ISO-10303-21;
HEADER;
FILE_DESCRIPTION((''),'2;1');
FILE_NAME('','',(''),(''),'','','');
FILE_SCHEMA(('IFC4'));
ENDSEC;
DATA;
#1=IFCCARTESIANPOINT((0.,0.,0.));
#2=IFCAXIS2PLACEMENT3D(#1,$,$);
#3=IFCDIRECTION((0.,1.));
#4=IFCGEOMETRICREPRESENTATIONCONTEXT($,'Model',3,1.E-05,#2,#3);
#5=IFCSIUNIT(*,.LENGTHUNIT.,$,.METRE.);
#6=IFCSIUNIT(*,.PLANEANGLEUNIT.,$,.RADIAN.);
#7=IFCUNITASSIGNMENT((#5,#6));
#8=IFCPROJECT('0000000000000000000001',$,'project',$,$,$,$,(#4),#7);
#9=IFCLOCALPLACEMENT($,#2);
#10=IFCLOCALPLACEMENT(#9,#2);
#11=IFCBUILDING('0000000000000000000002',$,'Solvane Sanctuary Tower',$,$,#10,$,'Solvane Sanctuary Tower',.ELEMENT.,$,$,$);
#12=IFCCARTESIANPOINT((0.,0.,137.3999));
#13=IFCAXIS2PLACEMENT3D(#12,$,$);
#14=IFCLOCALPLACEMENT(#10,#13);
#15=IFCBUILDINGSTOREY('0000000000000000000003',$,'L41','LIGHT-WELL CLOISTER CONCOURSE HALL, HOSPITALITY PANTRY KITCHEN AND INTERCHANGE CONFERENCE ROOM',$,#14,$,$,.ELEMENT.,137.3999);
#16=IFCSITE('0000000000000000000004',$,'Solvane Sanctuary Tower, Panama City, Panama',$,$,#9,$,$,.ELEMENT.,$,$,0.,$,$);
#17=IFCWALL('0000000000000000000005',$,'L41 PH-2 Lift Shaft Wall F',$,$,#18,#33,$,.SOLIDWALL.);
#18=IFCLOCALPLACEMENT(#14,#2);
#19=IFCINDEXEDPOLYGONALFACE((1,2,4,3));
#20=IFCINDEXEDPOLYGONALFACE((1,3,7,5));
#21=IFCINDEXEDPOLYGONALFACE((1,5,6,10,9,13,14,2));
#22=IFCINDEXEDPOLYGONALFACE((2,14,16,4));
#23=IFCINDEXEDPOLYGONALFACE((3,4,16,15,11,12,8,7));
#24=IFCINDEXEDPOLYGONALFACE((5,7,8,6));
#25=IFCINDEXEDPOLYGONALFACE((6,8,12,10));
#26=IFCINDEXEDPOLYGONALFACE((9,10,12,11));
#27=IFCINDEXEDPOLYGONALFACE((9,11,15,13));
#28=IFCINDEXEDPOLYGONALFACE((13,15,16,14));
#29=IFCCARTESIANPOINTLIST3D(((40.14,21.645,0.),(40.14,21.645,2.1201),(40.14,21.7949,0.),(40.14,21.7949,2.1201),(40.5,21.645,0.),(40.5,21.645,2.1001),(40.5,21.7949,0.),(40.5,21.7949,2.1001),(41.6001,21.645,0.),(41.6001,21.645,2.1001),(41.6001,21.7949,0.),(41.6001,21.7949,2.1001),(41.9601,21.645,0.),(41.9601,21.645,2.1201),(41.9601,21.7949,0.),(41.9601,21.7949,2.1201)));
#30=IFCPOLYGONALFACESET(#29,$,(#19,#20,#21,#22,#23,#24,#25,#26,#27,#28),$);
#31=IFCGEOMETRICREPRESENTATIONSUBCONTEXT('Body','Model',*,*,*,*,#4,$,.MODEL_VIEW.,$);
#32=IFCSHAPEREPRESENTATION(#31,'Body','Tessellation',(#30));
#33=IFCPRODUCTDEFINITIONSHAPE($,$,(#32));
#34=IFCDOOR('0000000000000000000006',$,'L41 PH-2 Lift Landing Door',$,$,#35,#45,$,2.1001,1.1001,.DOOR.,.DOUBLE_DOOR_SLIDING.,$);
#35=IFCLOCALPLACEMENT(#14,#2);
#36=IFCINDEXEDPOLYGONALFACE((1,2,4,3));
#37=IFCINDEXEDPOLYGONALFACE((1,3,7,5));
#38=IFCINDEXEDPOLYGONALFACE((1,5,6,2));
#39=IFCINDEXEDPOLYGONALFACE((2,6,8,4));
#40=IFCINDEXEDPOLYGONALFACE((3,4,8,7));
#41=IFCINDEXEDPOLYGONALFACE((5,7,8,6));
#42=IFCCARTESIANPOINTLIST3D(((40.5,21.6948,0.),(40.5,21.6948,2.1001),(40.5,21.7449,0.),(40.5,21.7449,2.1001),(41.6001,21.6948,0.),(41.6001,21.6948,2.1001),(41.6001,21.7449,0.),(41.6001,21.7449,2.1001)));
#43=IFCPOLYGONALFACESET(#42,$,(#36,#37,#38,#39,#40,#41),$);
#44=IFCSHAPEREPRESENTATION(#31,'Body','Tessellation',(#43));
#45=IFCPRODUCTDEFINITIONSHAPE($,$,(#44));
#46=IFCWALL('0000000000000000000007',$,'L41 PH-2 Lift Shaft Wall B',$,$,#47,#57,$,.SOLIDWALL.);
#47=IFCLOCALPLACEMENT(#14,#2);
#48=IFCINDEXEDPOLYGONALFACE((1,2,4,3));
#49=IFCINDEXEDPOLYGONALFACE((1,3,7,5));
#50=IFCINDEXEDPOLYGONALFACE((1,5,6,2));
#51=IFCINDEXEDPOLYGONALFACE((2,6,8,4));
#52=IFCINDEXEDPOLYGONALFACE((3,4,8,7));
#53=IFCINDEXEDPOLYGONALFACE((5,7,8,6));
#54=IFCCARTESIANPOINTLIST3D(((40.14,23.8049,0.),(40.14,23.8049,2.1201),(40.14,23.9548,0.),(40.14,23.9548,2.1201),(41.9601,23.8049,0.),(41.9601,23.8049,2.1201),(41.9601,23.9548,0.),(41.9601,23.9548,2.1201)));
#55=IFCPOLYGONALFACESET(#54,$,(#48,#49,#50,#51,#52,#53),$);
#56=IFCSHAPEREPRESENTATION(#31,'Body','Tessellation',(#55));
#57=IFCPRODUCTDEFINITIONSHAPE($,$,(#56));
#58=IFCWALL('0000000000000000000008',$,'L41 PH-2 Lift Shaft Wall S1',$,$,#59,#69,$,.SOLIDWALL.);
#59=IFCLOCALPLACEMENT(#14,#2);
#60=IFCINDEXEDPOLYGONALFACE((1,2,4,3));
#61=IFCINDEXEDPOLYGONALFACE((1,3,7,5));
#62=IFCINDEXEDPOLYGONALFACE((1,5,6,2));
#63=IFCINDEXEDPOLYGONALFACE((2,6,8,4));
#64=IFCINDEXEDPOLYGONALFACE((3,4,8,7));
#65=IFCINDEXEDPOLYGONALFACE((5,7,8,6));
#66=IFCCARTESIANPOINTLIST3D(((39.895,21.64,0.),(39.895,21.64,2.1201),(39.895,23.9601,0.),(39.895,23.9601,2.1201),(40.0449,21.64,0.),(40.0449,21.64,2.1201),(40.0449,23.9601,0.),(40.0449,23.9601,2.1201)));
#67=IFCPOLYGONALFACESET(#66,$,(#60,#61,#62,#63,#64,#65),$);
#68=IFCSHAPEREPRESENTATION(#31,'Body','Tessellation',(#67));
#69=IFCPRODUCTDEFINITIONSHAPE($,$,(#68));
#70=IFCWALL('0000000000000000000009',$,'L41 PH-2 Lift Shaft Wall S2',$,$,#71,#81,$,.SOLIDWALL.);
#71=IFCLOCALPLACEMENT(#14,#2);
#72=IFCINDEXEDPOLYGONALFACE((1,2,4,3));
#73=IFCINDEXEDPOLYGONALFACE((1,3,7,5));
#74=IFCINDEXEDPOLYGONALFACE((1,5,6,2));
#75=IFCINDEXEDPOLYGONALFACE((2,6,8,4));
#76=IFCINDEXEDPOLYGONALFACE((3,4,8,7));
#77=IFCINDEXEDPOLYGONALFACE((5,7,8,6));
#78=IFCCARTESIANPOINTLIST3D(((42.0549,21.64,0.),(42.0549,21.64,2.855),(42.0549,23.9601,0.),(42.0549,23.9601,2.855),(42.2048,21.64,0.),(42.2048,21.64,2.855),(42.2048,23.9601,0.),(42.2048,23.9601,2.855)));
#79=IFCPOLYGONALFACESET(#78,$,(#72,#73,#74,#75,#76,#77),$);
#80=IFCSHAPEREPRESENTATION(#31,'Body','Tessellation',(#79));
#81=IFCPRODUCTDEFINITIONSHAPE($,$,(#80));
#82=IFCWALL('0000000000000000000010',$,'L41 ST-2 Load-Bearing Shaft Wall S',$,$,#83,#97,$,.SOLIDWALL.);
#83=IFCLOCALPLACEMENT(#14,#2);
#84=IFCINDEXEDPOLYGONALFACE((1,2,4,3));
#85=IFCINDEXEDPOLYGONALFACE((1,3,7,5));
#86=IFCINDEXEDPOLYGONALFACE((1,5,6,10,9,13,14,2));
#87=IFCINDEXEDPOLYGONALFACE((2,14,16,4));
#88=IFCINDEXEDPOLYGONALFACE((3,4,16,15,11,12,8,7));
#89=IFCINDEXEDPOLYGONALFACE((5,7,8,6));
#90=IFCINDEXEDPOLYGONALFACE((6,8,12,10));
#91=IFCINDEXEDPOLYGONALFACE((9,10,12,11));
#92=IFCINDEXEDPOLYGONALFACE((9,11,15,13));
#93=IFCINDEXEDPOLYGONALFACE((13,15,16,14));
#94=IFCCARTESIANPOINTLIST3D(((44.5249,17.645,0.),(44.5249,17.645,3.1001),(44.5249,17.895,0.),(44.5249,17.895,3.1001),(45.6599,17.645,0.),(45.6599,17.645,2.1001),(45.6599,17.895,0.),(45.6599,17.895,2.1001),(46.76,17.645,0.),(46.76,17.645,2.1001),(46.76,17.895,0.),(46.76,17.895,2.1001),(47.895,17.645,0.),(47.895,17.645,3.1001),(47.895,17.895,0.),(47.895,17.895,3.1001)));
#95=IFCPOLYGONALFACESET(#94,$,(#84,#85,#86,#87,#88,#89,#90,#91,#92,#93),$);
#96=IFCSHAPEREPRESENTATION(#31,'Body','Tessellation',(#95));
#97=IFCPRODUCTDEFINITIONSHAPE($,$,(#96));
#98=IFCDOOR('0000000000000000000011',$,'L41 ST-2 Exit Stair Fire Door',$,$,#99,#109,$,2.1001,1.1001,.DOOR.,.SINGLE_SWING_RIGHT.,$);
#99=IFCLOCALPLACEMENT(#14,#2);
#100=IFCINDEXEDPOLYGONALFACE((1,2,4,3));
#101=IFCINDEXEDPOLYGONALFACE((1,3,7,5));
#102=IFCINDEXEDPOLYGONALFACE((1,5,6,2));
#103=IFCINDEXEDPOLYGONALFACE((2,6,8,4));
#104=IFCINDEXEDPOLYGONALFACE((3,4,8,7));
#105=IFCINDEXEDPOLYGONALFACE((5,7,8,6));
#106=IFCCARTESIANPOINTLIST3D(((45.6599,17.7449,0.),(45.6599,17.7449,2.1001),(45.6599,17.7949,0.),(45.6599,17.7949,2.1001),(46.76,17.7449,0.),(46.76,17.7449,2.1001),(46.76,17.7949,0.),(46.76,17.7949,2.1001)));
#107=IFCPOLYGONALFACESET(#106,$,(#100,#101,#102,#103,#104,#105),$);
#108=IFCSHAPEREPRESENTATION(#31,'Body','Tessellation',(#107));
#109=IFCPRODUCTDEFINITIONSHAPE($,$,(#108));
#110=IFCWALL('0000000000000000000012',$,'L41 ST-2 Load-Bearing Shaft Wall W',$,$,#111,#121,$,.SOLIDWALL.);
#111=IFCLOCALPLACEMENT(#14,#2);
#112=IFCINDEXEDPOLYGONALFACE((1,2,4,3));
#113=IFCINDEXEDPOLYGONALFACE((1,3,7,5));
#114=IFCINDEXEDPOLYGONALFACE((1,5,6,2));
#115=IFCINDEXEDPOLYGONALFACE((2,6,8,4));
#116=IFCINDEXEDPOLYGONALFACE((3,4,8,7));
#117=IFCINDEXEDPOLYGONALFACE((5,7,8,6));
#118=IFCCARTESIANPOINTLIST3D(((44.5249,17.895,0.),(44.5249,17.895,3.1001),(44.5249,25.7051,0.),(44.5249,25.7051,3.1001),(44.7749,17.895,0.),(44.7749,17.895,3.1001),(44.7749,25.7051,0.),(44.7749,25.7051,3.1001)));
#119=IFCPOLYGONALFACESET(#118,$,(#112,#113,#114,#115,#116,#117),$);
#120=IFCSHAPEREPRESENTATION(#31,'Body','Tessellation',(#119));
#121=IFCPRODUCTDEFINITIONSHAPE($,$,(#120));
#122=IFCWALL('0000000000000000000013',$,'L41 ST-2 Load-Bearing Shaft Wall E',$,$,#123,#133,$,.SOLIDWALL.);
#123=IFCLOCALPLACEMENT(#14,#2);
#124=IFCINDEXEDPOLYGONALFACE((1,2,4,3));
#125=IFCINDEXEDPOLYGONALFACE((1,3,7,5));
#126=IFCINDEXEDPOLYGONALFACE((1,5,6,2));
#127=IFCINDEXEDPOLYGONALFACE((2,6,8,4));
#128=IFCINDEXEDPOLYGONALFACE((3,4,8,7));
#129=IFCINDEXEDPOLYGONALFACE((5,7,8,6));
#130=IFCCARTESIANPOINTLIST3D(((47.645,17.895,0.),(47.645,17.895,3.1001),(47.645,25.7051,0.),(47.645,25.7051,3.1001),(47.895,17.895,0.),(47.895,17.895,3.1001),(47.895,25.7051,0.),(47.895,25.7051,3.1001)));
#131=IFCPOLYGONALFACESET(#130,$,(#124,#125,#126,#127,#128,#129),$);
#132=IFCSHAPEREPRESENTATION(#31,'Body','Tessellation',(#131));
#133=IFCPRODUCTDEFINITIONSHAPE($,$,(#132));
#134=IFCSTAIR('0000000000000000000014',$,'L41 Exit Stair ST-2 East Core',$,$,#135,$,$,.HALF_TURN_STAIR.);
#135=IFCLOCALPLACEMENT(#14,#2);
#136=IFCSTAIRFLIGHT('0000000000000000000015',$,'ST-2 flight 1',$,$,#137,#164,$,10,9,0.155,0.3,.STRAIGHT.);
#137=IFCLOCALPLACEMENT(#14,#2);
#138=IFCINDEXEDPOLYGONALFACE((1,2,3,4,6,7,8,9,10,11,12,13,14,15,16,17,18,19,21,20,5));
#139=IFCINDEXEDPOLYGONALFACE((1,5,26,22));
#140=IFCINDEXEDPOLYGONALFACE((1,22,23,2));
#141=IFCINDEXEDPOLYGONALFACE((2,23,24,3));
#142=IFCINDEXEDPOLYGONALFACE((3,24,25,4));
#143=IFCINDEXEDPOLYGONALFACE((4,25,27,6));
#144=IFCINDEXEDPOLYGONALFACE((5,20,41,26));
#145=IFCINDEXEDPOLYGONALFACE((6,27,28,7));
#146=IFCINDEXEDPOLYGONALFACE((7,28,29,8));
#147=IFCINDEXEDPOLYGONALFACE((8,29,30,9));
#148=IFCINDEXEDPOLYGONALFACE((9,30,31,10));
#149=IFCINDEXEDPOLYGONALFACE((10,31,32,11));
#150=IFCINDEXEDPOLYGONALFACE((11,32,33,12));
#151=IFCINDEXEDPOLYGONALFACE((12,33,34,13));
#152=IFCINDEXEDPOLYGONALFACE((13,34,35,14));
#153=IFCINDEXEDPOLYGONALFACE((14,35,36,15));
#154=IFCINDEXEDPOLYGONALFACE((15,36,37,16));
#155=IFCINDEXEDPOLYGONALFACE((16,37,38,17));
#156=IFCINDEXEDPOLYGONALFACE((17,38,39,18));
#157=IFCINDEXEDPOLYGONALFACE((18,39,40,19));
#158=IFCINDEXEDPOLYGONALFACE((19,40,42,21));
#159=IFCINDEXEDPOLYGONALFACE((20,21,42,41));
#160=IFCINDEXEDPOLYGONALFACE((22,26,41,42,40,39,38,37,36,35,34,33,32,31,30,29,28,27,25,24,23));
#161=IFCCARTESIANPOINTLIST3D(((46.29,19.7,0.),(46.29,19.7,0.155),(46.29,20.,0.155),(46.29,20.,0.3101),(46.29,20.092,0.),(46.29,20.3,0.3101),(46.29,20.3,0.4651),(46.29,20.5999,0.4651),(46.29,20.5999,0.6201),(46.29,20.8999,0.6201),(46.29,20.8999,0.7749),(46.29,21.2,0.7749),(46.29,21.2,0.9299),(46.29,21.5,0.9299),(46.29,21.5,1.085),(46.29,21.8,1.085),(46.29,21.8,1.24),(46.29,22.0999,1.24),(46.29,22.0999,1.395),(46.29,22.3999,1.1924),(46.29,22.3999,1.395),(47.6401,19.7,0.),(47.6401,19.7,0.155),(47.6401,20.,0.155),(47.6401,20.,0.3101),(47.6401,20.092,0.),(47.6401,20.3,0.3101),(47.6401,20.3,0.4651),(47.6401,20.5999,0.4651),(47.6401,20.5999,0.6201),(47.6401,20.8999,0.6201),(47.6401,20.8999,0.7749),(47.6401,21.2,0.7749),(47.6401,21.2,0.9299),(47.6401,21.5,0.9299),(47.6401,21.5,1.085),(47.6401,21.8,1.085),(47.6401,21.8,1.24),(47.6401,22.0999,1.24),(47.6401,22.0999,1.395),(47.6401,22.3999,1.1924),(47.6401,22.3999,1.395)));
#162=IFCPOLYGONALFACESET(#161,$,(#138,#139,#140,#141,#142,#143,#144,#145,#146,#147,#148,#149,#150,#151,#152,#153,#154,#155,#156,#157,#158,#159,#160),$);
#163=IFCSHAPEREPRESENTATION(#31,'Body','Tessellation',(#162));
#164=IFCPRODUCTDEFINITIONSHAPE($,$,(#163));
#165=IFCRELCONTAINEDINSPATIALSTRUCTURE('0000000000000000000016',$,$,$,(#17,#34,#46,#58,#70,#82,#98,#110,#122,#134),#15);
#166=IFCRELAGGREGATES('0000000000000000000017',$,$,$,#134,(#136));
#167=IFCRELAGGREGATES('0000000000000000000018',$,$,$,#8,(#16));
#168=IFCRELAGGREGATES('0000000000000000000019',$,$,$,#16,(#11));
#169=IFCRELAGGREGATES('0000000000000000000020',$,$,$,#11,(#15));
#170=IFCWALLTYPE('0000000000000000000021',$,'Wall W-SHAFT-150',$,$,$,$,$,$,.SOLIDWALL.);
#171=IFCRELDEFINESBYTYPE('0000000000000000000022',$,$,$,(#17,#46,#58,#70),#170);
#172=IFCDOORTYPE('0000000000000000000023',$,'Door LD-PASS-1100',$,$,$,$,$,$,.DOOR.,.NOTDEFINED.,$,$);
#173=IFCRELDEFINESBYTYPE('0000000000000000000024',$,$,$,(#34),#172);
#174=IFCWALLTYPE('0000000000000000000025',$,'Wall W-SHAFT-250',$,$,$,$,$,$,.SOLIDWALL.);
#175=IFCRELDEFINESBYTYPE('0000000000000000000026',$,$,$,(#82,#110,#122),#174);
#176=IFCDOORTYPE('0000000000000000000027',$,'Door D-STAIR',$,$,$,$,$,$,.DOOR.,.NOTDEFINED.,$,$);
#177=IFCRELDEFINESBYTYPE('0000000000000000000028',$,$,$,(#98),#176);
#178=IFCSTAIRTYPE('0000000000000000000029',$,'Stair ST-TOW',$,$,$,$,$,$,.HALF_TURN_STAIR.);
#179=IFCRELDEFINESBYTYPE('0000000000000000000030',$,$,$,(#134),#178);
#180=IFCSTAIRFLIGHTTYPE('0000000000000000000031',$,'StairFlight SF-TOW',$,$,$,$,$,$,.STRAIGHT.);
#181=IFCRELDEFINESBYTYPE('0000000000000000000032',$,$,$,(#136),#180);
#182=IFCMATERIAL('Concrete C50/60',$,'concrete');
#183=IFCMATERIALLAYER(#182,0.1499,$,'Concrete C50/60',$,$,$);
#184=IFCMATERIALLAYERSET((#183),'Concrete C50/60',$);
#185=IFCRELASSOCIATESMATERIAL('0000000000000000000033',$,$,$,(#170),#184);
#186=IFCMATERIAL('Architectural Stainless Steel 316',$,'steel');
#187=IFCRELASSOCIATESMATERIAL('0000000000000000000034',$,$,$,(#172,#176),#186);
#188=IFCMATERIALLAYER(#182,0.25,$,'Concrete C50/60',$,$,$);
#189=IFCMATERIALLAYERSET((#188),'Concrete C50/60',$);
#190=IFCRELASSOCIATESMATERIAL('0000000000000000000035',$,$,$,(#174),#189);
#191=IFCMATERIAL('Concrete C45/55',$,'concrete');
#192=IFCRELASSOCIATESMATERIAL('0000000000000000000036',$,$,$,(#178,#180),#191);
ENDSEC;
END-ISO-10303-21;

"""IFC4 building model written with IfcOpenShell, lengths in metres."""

from ifc_helpers import new_model, si_unit, direction, frame, frame_2d, origin, place, context, subcontext, project, spatial, polyline, rectangle, outline, extrude, material, layer, layer_set, type_object, element, fill, aggregate, save


model = new_model("IFC4")

# Units and contexts
model_context = context("Model", 3, precision=1e-05, world=origin(), true_north=direction((0.0, 1.0)))
body_context = subcontext(model_context, "Body", "Model", "MODEL_VIEW")
ifc_project = project(units=[si_unit("LENGTHUNIT", "METRE"), si_unit("PLANEANGLEUNIT", "RADIAN")], contexts=[model_context])

# Site, building, storey
site_placement = place(None, origin())
site = spatial("IfcSite", under=ifc_project, at=site_placement, Name="Solvane Sanctuary Tower, Panama City, Panama", CompositionType="ELEMENT", RefElevation=0.0)
building_placement = place(site_placement, origin())
building = spatial("IfcBuilding", under=site, at=building_placement, Name="Solvane Sanctuary Tower", LongName="Solvane Sanctuary Tower", CompositionType="ELEMENT")
storey_placement = place(building_placement, frame((0.0, 0.0, 137.3999)))
storey = spatial("IfcBuildingStorey", under=building, at=storey_placement, Name="L41", Description="LIGHT-WELL CLOISTER CONCOURSE HALL, HOSPITALITY PANTRY KITCHEN AND INTERCHANGE CONFERENCE ROOM", CompositionType="ELEMENT", Elevation=137.3999)

# Shared definitions
ifc_material_1 = material(Name="Architectural Stainless Steel 316", Category="steel")
ifc_material_2 = material(Name="Concrete C50/60", Category="concrete")
ifc_layer_1 = layer(ifc_material_2, 0.1499, Name="Concrete C50/60")
ifc_layer_set_1 = layer_set([ifc_layer_1], Name="Concrete C50/60")
wall_type_1 = type_object("IfcWallType", Name="Wall W-SHAFT-150", PredefinedType="SOLIDWALL", material=ifc_layer_set_1)
door_type_1 = type_object("IfcDoorType", Name="Door LD-PASS-1100", OperationType="NOTDEFINED", PredefinedType="DOOR", material=ifc_material_1)

# Wall, opening, door
wall_1_placement = place(storey_placement, frame((40.1399, 21.72, 0.0), z_axis=(0.0, 0.0, 1.0), x_axis=(1.0, 0.0, 0.0)))
wall_1 = element("IfcWall", 1, at=wall_1_placement, inside=storey, type_object=wall_type_1, Name="L41 PH-2 Lift Shaft Wall F", PredefinedType="SOLIDWALL", context=body_context, shape_type="SweptSolid", body=[
    extrude(rectangle(XDim=1.8201, YDim=0.1499, at=frame_2d((0.9102, 0.0))), origin(), (0.0, 0.0, 1.0), 2.1201),
])
opening_1_placement = place(wall_1_placement, frame((0.3601, 0.0, 0.0)))
opening_1 = element("IfcOpeningElement", 2, at=opening_1_placement, cuts=wall_1, PredefinedType="OPENING", context=body_context, shape_type="SweptSolid", body=[
    extrude(rectangle(XDim=1.1001, YDim=2.1001, at=frame_2d((0.55, 1.05))), frame((0.0, 0.085, 0.0), z_axis=(0.0, -1.0, 0.0), x_axis=(1.0, 0.0, 0.0)), (0.0, 0.0, 1.0), 0.1699),
])
door_1_placement = place(opening_1_placement, origin())
door_1 = element("IfcDoor", 3, at=door_1_placement, inside=storey, type_object=door_type_1, Name="L41 PH-2 Lift Landing Door", OperationType="DOUBLE_DOOR_SLIDING", OverallHeight=2.1001, OverallWidth=1.1001, PredefinedType="DOOR", context=body_context, shape_type="SweptSolid", body=[
    extrude(rectangle(XDim=1.1001, YDim=2.1001, at=frame_2d((0.55, 1.05))), frame((0.0, 0.0249, 0.0), z_axis=(0.0, -1.0, 0.0), x_axis=(1.0, 0.0, 0.0)), (0.0, 0.0, 1.0), 0.05),
])
fill(opening_1, door_1)

# Walls
wall_2_placement = place(storey_placement, frame((40.1399, 23.8799, 0.0), z_axis=(0.0, 0.0, 1.0), x_axis=(1.0, 0.0, 0.0)))
element("IfcWall", 4, at=wall_2_placement, inside=storey, type_object=wall_type_1, Name="L41 PH-2 Lift Shaft Wall B", PredefinedType="SOLIDWALL", context=body_context, shape_type="SweptSolid", body=[
    extrude(rectangle(XDim=1.8201, YDim=0.1499, at=frame_2d((0.9102, 0.0))), origin(), (0.0, 0.0, 1.0), 2.1201),
])
wall_3_placement = place(storey_placement, frame((39.97, 21.6399, 0.0), z_axis=(0.0, 0.0, 1.0), x_axis=(0.0, 1.0, 0.0)))
element("IfcWall", 5, at=wall_3_placement, inside=storey, type_object=wall_type_1, Name="L41 PH-2 Lift Shaft Wall S1", PredefinedType="SOLIDWALL", context=body_context, shape_type="SweptSolid", body=[
    extrude(rectangle(XDim=2.3201, YDim=0.1499, at=frame_2d((1.1602, 0.0))), origin(), (0.0, 0.0, 1.0), 2.1201),
])
wall_4_placement = place(storey_placement, frame((42.1299, 21.6399, 0.0), z_axis=(0.0, 0.0, 1.0), x_axis=(0.0, 1.0, 0.0)))
element("IfcWall", 6, at=wall_4_placement, inside=storey, type_object=wall_type_1, Name="L41 PH-2 Lift Shaft Wall S2", PredefinedType="SOLIDWALL", context=body_context, shape_type="SweptSolid", body=[
    extrude(rectangle(XDim=2.3201, YDim=0.1499, at=frame_2d((1.1602, 0.0))), origin(), (0.0, 0.0, 1.0), 2.855),
])

# Wall, opening, door
ifc_layer_2 = layer(ifc_material_2, 0.25, Name="Concrete C50/60")
ifc_layer_set_2 = layer_set([ifc_layer_2], Name="Concrete C50/60")
wall_type_2 = type_object("IfcWallType", Name="Wall W-SHAFT-250", PredefinedType="SOLIDWALL", material=ifc_layer_set_2)
wall_5_placement = place(storey_placement, frame((44.5249, 17.77, 0.0), z_axis=(0.0, 0.0, 1.0), x_axis=(1.0, 0.0, 0.0)))
wall_5 = element("IfcWall", 7, at=wall_5_placement, inside=storey, type_object=wall_type_2, Name="L41 ST-2 Load-Bearing Shaft Wall S", PredefinedType="SOLIDWALL", context=body_context, shape_type="SweptSolid", body=[
    extrude(rectangle(XDim=3.3701, YDim=0.25, at=frame_2d((1.6851, 0.0))), origin(), (0.0, 0.0, 1.0), 3.1001),
])
opening_2_placement = place(wall_5_placement, frame((1.135, 0.0, 0.0)))
opening_2 = element("IfcOpeningElement", 8, at=opening_2_placement, cuts=wall_5, PredefinedType="OPENING", context=body_context, shape_type="SweptSolid", body=[
    extrude(rectangle(XDim=1.1001, YDim=2.1001, at=frame_2d((0.55, 1.05))), frame((0.0, 0.135, 0.0), z_axis=(0.0, -1.0, 0.0), x_axis=(1.0, 0.0, 0.0)), (0.0, 0.0, 1.0), 0.27),
])
door_type_2 = type_object("IfcDoorType", Name="Door D-STAIR", OperationType="NOTDEFINED", PredefinedType="DOOR", material=ifc_material_1)
door_2_placement = place(opening_2_placement, origin())
door_2 = element("IfcDoor", 9, at=door_2_placement, inside=storey, type_object=door_type_2, Name="L41 ST-2 Exit Stair Fire Door", OperationType="SINGLE_SWING_RIGHT", OverallHeight=2.1001, OverallWidth=1.1001, PredefinedType="DOOR", context=body_context, shape_type="SweptSolid", body=[
    extrude(rectangle(XDim=1.1001, YDim=2.1001, at=frame_2d((0.55, 1.05))), frame((0.0, 0.0249, 0.0), z_axis=(0.0, -1.0, 0.0), x_axis=(1.0, 0.0, 0.0)), (0.0, 0.0, 1.0), 0.05),
])
fill(opening_2, door_2)

# Walls
for number, where, z_axis, x_axis, name in (
    (10, (44.6499, 17.895, 0.0), (0.0, 0.0, 1.0), (0.0, 1.0, 0.0), "L41 ST-2 Load-Bearing Shaft Wall W"),
    (11, (47.77, 17.895, 0.0), (0.0, 0.0, 1.0), (0.0, 1.0, 0.0), "L41 ST-2 Load-Bearing Shaft Wall E"),
):
    element("IfcWall", number, at=place(storey_placement, frame(where, z_axis=z_axis, x_axis=x_axis)), inside=storey, type_object=wall_type_2, Name=name, PredefinedType="SOLIDWALL", context=body_context, shape_type="SweptSolid", body=[
        extrude(rectangle(XDim=7.8101, YDim=0.25, at=frame_2d((3.905, 0.0))), origin(), (0.0, 0.0, 1.0), 3.1001),
    ])

# Stair, stair flight
ifc_material_3 = material(Name="Concrete C45/55", Category="concrete")
stair_type = type_object("IfcStairType", Name="Stair ST-TOW", PredefinedType="HALF_TURN_STAIR", material=ifc_material_3)
stair_placement = place(storey_placement, origin())
stair = element("IfcStair", 12, at=stair_placement, inside=storey, type_object=stair_type, Name="L41 Exit Stair ST-2 East Core", PredefinedType="HALF_TURN_STAIR")
stair_flight_type = type_object("IfcStairFlightType", Name="StairFlight SF-TOW", PredefinedType="STRAIGHT", material=ifc_material_3)
stair_flight_1_placement = place(storey_placement, frame((46.9651, 19.7, 0.0), z_axis=(0.0, 0.0, 1.0), x_axis=(0.0, 1.0, 0.0)))
stair_flight_1 = element("IfcStairFlight", 13, at=stair_flight_1_placement, type_object=stair_flight_type, Name="ST-2 flight 1", NumberOfRisers=10, NumberOfTreads=9, PredefinedType="STRAIGHT", RiserHeight=0.155, TreadLength=0.3, context=body_context, shape_type="SweptSolid", body=[
    extrude(outline(polyline([(0.0, 0.0), (0.0, 0.155), (0.3, 0.155), (0.3, 0.3101), (0.6001, 0.3101), (0.6001, 0.4651), (0.8999, 0.4651), (0.8999, 0.6201), (1.2, 0.6201), (1.2, 0.7749), (1.5, 0.7749), (1.5, 0.9299), (1.8, 0.9299), (1.8, 1.085), (2.1001, 1.085), (2.1001, 1.24), (2.3999, 1.24), (2.3999, 1.395), (2.7, 1.395), (2.7, 1.55), (2.7, 1.1924), (0.3921, 0.0), (0.0, 0.0)])), frame((0.0, 0.675, 0.0), z_axis=(0.0, -1.0, 0.0), x_axis=(1.0, 0.0, 0.0)), (0.0, 0.0, 1.0), 1.3501),
])
aggregate(stair, [stair_flight_1])

save(model, "model.ifc")
